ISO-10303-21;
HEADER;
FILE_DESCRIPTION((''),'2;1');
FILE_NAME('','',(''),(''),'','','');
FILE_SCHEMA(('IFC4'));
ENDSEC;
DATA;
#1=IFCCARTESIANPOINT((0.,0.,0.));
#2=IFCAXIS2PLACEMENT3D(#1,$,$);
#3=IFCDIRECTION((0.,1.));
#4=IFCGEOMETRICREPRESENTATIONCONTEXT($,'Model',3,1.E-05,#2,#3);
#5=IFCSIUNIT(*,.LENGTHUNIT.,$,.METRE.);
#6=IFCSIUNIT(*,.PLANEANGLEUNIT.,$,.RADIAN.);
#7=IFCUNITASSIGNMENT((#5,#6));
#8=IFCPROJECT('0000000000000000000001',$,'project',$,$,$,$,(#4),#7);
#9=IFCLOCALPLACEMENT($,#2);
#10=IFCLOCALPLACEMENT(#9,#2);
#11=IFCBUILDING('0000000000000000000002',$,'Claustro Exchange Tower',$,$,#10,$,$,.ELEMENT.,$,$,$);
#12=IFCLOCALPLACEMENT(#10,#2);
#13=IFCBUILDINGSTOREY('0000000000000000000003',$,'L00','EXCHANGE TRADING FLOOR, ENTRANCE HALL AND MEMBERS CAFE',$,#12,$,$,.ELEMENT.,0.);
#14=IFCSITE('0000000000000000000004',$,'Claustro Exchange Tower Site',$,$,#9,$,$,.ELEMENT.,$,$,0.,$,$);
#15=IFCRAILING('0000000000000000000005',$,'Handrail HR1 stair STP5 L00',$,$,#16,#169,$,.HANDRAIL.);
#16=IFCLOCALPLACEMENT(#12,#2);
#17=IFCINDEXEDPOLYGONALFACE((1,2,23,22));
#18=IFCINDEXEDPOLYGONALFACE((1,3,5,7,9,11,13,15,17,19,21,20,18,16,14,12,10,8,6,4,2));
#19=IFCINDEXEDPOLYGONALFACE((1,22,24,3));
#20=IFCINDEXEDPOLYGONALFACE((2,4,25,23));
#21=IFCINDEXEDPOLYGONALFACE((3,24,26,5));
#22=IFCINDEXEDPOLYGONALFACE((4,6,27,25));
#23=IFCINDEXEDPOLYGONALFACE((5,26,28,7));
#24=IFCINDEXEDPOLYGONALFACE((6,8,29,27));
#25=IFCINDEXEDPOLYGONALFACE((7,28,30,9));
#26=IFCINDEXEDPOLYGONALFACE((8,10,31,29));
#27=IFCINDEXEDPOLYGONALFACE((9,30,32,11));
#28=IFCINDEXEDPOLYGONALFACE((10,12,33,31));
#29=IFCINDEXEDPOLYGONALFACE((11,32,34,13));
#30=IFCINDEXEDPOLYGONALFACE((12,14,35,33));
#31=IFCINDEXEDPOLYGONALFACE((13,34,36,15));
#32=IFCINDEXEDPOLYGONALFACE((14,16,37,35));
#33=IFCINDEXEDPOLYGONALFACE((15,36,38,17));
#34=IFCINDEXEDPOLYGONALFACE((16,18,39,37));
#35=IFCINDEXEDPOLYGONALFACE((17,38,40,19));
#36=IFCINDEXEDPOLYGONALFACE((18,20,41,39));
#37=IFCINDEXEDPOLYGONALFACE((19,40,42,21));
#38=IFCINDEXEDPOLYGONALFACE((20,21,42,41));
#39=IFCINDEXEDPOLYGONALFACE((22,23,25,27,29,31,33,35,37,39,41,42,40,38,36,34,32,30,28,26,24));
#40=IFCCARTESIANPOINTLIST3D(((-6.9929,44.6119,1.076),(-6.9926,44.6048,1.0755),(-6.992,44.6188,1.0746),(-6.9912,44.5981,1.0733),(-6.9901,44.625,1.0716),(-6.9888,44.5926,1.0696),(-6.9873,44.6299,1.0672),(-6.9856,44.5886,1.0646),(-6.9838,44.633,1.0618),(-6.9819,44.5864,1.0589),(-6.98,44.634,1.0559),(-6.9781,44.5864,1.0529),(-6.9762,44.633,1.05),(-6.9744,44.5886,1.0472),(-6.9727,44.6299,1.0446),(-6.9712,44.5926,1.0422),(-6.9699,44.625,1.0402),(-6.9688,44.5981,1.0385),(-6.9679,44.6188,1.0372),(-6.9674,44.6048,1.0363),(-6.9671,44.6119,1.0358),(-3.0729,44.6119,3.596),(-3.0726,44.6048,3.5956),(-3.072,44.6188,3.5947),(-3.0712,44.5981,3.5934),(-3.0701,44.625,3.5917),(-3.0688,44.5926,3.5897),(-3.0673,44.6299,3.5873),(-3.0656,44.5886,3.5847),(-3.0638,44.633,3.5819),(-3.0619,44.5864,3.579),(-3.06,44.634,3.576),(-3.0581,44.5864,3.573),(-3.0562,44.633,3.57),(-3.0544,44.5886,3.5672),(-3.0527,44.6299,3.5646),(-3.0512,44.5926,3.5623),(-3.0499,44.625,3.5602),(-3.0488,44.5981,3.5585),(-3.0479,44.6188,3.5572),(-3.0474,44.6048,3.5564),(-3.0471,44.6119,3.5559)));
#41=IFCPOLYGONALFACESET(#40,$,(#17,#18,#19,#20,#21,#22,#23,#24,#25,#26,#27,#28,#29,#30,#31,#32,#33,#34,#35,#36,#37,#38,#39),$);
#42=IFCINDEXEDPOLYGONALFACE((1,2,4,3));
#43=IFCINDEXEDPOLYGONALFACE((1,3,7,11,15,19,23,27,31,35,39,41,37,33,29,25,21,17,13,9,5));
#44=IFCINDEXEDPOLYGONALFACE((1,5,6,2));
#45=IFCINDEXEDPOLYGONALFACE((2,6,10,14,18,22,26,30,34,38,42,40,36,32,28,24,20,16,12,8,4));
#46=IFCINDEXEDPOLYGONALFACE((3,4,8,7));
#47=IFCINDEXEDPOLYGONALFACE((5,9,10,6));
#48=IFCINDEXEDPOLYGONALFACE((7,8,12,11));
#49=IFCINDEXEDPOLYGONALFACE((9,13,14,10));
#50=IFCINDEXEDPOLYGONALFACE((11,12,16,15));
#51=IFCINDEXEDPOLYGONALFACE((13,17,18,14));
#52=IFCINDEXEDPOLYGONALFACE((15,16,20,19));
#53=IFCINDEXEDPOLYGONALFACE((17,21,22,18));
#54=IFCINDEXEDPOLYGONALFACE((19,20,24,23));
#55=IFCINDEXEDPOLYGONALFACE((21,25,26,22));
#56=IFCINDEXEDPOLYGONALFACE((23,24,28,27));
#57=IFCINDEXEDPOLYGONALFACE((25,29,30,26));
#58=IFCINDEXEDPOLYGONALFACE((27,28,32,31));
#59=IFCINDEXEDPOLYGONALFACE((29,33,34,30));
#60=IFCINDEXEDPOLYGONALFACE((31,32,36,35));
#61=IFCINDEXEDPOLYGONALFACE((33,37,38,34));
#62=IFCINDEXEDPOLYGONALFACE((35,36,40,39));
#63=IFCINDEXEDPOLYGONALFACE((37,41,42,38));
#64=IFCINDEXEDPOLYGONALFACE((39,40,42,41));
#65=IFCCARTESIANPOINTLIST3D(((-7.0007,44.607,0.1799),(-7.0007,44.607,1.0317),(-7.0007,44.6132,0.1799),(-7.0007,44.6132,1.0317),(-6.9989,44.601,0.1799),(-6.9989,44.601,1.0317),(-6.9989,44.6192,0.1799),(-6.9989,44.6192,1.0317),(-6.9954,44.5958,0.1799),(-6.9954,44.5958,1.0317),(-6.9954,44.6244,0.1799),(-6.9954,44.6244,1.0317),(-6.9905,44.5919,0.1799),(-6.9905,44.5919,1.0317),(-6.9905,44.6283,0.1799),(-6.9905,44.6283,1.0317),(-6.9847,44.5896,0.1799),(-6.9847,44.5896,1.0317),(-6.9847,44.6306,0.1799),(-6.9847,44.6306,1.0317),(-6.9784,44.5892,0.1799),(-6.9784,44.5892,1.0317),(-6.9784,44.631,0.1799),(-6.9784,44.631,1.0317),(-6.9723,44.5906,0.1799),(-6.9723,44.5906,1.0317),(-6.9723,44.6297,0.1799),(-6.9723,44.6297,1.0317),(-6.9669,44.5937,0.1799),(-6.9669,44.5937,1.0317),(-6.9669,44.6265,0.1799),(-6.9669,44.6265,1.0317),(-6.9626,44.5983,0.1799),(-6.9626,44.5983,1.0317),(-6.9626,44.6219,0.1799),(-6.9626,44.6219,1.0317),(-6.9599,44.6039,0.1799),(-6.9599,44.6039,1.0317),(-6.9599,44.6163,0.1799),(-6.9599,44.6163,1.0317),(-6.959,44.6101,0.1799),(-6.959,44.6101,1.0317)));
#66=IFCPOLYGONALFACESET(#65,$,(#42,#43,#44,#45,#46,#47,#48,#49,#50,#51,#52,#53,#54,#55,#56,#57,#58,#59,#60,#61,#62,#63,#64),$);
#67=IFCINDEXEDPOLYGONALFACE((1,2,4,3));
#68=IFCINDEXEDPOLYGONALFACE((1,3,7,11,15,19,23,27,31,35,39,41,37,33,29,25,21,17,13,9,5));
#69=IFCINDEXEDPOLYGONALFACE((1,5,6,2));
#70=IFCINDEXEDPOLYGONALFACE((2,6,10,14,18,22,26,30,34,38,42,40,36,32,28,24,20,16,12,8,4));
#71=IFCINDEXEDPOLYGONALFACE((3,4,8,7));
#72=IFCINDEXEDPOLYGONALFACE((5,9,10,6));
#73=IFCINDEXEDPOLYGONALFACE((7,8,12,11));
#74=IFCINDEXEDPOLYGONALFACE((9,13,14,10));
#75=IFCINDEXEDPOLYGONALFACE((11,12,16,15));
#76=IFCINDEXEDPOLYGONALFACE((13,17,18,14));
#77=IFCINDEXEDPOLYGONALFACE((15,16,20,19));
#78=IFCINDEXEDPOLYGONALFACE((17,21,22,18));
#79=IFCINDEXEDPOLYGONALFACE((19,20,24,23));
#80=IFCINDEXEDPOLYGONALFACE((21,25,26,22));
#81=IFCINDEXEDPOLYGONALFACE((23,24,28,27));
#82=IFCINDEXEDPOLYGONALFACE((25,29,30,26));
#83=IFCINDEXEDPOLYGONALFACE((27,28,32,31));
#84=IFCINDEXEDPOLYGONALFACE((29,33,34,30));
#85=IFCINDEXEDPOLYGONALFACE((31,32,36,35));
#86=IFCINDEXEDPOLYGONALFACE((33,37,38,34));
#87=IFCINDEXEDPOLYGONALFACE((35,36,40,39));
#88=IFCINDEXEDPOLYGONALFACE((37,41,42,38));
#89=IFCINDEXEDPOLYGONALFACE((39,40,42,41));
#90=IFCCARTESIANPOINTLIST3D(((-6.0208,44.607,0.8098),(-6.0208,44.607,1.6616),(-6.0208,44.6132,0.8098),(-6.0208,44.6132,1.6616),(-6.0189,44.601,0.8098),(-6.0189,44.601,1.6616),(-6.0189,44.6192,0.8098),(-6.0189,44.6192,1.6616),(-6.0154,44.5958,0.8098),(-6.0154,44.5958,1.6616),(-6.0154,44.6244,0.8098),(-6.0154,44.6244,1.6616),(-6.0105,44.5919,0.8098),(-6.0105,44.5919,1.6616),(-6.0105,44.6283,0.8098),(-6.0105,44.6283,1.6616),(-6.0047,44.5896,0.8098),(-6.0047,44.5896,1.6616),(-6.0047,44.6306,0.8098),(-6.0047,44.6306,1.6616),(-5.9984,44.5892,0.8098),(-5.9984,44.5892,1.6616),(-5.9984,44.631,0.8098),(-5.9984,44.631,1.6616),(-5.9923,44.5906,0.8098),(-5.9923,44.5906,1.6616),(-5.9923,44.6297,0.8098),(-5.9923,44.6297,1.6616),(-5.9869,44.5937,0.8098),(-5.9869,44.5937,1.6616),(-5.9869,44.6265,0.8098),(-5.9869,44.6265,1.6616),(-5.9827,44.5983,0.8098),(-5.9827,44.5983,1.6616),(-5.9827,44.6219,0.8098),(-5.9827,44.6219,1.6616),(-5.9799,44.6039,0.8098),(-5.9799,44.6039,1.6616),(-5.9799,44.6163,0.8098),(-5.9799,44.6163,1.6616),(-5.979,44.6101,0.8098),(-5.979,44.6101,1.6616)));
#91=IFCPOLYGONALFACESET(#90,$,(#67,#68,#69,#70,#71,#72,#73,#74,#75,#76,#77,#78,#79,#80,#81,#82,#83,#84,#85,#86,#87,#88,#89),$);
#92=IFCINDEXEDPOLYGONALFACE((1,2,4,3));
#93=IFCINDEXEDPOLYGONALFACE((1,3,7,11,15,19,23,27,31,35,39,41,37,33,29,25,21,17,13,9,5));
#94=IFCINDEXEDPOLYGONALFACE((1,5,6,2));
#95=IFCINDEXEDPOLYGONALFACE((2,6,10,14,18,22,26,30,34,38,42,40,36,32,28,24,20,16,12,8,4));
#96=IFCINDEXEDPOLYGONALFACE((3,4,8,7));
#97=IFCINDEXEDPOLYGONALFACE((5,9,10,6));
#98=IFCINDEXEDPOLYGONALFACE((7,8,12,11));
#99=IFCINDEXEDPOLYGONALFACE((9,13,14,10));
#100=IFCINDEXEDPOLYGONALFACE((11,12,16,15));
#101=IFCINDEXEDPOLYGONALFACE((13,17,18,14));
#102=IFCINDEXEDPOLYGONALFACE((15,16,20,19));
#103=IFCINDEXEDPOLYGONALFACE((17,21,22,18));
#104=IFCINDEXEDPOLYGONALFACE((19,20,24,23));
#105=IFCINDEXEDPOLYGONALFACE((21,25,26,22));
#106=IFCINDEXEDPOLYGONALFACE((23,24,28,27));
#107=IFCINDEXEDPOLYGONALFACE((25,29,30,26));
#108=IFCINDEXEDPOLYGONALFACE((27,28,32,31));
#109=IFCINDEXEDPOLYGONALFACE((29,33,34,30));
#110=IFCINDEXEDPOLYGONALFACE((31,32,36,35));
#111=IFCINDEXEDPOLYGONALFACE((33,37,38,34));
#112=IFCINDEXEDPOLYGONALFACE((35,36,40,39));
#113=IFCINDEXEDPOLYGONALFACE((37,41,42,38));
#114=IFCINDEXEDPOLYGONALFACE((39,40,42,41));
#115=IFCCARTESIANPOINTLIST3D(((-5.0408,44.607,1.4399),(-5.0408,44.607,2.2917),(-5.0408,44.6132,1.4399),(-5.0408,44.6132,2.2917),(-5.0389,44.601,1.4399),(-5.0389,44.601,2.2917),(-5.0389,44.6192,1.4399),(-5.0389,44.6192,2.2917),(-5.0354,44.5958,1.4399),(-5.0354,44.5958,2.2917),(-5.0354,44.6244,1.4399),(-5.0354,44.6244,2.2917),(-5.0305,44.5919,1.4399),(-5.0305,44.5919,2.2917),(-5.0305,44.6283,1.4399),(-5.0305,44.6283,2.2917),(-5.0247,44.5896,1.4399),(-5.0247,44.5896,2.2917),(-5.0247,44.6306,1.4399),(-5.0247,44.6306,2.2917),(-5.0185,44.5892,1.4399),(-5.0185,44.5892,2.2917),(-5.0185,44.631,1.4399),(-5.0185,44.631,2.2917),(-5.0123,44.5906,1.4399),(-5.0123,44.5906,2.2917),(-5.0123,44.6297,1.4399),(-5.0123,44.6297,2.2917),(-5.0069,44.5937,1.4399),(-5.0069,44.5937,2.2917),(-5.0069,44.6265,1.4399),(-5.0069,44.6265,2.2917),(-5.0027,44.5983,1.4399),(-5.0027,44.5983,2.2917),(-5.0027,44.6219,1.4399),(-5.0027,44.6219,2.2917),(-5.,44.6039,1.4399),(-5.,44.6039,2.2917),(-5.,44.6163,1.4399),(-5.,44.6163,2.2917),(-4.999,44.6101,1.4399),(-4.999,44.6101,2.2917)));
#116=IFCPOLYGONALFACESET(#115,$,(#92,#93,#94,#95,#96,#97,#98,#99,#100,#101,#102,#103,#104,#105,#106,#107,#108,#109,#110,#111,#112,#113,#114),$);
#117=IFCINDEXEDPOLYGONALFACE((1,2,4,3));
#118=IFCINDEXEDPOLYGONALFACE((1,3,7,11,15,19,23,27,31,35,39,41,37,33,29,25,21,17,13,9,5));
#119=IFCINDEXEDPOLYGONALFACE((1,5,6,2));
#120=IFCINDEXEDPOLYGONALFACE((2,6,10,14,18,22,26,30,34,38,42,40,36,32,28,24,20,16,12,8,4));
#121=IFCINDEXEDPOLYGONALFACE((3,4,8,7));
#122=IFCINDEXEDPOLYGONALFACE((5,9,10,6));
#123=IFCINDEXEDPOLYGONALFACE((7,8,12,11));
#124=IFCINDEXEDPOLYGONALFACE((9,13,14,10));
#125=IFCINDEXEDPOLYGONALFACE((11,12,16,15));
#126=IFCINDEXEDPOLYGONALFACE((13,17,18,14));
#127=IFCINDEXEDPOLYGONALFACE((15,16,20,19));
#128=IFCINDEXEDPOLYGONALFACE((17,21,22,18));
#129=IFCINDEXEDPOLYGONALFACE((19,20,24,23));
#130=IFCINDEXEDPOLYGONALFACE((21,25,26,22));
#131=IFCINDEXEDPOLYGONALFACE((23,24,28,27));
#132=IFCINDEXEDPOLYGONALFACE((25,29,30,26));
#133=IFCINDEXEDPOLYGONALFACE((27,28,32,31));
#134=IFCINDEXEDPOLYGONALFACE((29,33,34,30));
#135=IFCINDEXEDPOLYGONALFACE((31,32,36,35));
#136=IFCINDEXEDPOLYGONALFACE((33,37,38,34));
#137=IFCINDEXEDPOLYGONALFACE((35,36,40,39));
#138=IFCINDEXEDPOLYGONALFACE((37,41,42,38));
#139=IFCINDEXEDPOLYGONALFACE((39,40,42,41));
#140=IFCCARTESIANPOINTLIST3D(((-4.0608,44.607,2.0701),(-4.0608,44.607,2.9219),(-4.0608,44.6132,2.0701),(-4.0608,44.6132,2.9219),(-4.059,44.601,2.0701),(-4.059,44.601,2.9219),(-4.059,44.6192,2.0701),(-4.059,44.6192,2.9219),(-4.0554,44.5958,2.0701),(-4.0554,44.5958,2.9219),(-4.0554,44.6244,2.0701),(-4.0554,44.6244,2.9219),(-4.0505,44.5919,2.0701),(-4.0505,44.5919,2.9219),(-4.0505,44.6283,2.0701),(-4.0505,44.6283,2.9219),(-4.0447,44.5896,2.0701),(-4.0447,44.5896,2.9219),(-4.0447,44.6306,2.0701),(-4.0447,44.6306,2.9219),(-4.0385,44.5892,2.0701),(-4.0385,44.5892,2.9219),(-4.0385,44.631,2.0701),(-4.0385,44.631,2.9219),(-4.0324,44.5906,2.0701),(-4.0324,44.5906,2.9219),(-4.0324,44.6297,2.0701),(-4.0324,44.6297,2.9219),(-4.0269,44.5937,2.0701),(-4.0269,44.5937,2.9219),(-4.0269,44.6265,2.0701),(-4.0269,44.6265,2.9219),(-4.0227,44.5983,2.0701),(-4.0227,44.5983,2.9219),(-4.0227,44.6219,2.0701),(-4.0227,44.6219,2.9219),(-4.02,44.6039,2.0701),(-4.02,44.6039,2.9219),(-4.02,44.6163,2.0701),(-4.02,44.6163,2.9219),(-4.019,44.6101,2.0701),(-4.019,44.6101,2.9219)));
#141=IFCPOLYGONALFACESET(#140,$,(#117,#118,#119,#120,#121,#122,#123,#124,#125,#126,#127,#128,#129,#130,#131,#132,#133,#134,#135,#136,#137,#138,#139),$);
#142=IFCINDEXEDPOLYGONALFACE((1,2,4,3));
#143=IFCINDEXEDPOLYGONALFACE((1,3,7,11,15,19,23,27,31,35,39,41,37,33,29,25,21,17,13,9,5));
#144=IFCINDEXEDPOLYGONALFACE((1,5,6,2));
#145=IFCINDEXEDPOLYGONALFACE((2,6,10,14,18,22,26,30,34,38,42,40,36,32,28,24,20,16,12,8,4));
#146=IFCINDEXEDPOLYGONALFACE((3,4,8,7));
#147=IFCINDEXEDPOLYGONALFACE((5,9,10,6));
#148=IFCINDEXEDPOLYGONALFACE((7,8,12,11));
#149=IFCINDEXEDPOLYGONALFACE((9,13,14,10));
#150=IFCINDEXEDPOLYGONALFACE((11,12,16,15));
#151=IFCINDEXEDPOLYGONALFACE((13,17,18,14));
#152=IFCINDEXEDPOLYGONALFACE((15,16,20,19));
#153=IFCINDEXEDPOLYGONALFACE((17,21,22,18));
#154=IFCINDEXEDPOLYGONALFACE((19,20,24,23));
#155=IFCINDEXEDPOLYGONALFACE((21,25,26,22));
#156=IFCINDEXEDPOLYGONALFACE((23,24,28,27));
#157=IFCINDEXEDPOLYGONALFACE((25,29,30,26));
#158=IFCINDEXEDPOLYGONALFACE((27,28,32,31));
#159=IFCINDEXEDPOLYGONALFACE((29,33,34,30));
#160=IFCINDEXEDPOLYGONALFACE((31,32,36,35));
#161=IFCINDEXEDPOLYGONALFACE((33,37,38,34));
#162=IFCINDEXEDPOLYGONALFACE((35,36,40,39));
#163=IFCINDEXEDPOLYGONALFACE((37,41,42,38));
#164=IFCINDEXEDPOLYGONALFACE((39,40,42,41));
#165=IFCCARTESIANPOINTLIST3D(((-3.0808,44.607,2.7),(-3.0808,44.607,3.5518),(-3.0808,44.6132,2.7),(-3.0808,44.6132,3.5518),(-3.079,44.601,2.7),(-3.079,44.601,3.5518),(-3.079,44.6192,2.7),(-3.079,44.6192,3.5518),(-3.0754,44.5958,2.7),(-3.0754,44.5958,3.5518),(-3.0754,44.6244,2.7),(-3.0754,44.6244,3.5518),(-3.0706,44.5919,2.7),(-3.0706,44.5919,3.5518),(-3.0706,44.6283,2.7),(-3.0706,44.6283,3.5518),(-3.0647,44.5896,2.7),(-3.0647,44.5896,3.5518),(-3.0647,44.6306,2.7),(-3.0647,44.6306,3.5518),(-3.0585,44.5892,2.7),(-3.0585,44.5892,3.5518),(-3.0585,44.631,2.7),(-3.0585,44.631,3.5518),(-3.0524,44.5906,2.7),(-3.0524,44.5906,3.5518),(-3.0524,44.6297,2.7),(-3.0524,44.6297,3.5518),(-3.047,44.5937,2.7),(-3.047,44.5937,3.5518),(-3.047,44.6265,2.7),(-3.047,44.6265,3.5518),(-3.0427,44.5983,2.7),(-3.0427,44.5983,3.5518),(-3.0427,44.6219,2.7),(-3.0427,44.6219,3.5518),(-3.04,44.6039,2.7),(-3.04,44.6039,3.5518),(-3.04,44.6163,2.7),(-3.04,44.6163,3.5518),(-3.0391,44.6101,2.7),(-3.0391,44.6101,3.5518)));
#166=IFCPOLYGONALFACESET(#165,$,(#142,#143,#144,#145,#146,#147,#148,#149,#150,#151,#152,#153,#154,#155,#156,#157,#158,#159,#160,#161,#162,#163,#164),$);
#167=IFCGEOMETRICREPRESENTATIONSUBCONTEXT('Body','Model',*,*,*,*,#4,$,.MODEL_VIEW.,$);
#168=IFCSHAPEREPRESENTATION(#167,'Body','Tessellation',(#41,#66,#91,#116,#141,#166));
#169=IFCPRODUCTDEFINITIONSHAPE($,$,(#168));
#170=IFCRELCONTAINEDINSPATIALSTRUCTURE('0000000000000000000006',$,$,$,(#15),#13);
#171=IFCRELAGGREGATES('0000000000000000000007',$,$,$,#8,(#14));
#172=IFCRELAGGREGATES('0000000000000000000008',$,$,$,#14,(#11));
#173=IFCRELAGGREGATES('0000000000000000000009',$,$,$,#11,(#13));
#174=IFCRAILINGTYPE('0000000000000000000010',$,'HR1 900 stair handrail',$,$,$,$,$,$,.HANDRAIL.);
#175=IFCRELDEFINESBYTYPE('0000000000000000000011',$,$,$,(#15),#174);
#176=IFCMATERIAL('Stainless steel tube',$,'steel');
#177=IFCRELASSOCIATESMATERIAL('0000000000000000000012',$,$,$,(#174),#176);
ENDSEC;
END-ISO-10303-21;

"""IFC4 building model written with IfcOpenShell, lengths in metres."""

from ifc_helpers import new_model, si_unit, direction, frame, origin, origin_2d, place, context, subcontext, project, spatial, circle, extrude, material, type_object, element, save


model = new_model("IFC4")

# Units and contexts
model_context = context("Model", 3, precision=1e-05, world=origin(), true_north=direction((0.0, 1.0)))
body_context = subcontext(model_context, "Body", "Model", "MODEL_VIEW")
ifc_project = project(units=[si_unit("LENGTHUNIT", "METRE"), si_unit("PLANEANGLEUNIT", "RADIAN")], contexts=[model_context])

# Site, building, storey
site_placement = place(None, origin())
site = spatial("IfcSite", under=ifc_project, at=site_placement, Name="Claustro Exchange Tower Site", CompositionType="ELEMENT", RefElevation=0.0)
building_placement = place(site_placement, origin())
building = spatial("IfcBuilding", under=site, at=building_placement, Name="Claustro Exchange Tower", CompositionType="ELEMENT")
storey_placement = place(building_placement, origin())
storey = spatial("IfcBuildingStorey", under=building, at=storey_placement, Name="L00", Description="EXCHANGE TRADING FLOOR, ENTRANCE HALL AND MEMBERS CAFE", CompositionType="ELEMENT", Elevation=0.0)

# Railing
ifc_material_1 = material(Name="Stainless steel tube", Category="steel")
railing_type_1 = type_object("IfcRailingType", Name="HR1 900 stair handrail", PredefinedType="HANDRAIL", material=ifc_material_1)
railing_1_placement = place(storey_placement, frame((-6.98, 44.6101, 0.1799)))
element("IfcRailing", 1, at=railing_1_placement, inside=storey, type_object=railing_type_1, Name="Handrail HR1 stair STP5 L00", PredefinedType="HANDRAIL", context=body_context, shape_type="SweptSolid", body=[
    extrude(circle(Radius=0.0239, at=origin_2d()), frame((0.0, 0.0, 0.876), z_axis=(0.841172, 0.0, 0.540768), x_axis=(0.0, 1.0, 0.0)), (0.0, 0.0, 1.0), 4.6602),
    extrude(circle(Radius=0.021, at=origin_2d()), origin(), (0.0, 0.0, 1.0), 0.8518),
    extrude(circle(Radius=0.021, at=origin_2d()), frame((0.98, 0.0, 0.6299)), (0.0, 0.0, 1.0), 0.8518),
    extrude(circle(Radius=0.021, at=origin_2d()), frame((1.96, 0.0, 1.26)), (0.0, 0.0, 1.0), 0.8518),
    extrude(circle(Radius=0.021, at=origin_2d()), frame((2.9399, 0.0, 1.8901)), (0.0, 0.0, 1.0), 0.8518),
    extrude(circle(Radius=0.021, at=origin_2d()), frame((3.9199, 0.0, 2.52)), (0.0, 0.0, 1.0), 0.8518),
])

save(model, "model.ifc")
